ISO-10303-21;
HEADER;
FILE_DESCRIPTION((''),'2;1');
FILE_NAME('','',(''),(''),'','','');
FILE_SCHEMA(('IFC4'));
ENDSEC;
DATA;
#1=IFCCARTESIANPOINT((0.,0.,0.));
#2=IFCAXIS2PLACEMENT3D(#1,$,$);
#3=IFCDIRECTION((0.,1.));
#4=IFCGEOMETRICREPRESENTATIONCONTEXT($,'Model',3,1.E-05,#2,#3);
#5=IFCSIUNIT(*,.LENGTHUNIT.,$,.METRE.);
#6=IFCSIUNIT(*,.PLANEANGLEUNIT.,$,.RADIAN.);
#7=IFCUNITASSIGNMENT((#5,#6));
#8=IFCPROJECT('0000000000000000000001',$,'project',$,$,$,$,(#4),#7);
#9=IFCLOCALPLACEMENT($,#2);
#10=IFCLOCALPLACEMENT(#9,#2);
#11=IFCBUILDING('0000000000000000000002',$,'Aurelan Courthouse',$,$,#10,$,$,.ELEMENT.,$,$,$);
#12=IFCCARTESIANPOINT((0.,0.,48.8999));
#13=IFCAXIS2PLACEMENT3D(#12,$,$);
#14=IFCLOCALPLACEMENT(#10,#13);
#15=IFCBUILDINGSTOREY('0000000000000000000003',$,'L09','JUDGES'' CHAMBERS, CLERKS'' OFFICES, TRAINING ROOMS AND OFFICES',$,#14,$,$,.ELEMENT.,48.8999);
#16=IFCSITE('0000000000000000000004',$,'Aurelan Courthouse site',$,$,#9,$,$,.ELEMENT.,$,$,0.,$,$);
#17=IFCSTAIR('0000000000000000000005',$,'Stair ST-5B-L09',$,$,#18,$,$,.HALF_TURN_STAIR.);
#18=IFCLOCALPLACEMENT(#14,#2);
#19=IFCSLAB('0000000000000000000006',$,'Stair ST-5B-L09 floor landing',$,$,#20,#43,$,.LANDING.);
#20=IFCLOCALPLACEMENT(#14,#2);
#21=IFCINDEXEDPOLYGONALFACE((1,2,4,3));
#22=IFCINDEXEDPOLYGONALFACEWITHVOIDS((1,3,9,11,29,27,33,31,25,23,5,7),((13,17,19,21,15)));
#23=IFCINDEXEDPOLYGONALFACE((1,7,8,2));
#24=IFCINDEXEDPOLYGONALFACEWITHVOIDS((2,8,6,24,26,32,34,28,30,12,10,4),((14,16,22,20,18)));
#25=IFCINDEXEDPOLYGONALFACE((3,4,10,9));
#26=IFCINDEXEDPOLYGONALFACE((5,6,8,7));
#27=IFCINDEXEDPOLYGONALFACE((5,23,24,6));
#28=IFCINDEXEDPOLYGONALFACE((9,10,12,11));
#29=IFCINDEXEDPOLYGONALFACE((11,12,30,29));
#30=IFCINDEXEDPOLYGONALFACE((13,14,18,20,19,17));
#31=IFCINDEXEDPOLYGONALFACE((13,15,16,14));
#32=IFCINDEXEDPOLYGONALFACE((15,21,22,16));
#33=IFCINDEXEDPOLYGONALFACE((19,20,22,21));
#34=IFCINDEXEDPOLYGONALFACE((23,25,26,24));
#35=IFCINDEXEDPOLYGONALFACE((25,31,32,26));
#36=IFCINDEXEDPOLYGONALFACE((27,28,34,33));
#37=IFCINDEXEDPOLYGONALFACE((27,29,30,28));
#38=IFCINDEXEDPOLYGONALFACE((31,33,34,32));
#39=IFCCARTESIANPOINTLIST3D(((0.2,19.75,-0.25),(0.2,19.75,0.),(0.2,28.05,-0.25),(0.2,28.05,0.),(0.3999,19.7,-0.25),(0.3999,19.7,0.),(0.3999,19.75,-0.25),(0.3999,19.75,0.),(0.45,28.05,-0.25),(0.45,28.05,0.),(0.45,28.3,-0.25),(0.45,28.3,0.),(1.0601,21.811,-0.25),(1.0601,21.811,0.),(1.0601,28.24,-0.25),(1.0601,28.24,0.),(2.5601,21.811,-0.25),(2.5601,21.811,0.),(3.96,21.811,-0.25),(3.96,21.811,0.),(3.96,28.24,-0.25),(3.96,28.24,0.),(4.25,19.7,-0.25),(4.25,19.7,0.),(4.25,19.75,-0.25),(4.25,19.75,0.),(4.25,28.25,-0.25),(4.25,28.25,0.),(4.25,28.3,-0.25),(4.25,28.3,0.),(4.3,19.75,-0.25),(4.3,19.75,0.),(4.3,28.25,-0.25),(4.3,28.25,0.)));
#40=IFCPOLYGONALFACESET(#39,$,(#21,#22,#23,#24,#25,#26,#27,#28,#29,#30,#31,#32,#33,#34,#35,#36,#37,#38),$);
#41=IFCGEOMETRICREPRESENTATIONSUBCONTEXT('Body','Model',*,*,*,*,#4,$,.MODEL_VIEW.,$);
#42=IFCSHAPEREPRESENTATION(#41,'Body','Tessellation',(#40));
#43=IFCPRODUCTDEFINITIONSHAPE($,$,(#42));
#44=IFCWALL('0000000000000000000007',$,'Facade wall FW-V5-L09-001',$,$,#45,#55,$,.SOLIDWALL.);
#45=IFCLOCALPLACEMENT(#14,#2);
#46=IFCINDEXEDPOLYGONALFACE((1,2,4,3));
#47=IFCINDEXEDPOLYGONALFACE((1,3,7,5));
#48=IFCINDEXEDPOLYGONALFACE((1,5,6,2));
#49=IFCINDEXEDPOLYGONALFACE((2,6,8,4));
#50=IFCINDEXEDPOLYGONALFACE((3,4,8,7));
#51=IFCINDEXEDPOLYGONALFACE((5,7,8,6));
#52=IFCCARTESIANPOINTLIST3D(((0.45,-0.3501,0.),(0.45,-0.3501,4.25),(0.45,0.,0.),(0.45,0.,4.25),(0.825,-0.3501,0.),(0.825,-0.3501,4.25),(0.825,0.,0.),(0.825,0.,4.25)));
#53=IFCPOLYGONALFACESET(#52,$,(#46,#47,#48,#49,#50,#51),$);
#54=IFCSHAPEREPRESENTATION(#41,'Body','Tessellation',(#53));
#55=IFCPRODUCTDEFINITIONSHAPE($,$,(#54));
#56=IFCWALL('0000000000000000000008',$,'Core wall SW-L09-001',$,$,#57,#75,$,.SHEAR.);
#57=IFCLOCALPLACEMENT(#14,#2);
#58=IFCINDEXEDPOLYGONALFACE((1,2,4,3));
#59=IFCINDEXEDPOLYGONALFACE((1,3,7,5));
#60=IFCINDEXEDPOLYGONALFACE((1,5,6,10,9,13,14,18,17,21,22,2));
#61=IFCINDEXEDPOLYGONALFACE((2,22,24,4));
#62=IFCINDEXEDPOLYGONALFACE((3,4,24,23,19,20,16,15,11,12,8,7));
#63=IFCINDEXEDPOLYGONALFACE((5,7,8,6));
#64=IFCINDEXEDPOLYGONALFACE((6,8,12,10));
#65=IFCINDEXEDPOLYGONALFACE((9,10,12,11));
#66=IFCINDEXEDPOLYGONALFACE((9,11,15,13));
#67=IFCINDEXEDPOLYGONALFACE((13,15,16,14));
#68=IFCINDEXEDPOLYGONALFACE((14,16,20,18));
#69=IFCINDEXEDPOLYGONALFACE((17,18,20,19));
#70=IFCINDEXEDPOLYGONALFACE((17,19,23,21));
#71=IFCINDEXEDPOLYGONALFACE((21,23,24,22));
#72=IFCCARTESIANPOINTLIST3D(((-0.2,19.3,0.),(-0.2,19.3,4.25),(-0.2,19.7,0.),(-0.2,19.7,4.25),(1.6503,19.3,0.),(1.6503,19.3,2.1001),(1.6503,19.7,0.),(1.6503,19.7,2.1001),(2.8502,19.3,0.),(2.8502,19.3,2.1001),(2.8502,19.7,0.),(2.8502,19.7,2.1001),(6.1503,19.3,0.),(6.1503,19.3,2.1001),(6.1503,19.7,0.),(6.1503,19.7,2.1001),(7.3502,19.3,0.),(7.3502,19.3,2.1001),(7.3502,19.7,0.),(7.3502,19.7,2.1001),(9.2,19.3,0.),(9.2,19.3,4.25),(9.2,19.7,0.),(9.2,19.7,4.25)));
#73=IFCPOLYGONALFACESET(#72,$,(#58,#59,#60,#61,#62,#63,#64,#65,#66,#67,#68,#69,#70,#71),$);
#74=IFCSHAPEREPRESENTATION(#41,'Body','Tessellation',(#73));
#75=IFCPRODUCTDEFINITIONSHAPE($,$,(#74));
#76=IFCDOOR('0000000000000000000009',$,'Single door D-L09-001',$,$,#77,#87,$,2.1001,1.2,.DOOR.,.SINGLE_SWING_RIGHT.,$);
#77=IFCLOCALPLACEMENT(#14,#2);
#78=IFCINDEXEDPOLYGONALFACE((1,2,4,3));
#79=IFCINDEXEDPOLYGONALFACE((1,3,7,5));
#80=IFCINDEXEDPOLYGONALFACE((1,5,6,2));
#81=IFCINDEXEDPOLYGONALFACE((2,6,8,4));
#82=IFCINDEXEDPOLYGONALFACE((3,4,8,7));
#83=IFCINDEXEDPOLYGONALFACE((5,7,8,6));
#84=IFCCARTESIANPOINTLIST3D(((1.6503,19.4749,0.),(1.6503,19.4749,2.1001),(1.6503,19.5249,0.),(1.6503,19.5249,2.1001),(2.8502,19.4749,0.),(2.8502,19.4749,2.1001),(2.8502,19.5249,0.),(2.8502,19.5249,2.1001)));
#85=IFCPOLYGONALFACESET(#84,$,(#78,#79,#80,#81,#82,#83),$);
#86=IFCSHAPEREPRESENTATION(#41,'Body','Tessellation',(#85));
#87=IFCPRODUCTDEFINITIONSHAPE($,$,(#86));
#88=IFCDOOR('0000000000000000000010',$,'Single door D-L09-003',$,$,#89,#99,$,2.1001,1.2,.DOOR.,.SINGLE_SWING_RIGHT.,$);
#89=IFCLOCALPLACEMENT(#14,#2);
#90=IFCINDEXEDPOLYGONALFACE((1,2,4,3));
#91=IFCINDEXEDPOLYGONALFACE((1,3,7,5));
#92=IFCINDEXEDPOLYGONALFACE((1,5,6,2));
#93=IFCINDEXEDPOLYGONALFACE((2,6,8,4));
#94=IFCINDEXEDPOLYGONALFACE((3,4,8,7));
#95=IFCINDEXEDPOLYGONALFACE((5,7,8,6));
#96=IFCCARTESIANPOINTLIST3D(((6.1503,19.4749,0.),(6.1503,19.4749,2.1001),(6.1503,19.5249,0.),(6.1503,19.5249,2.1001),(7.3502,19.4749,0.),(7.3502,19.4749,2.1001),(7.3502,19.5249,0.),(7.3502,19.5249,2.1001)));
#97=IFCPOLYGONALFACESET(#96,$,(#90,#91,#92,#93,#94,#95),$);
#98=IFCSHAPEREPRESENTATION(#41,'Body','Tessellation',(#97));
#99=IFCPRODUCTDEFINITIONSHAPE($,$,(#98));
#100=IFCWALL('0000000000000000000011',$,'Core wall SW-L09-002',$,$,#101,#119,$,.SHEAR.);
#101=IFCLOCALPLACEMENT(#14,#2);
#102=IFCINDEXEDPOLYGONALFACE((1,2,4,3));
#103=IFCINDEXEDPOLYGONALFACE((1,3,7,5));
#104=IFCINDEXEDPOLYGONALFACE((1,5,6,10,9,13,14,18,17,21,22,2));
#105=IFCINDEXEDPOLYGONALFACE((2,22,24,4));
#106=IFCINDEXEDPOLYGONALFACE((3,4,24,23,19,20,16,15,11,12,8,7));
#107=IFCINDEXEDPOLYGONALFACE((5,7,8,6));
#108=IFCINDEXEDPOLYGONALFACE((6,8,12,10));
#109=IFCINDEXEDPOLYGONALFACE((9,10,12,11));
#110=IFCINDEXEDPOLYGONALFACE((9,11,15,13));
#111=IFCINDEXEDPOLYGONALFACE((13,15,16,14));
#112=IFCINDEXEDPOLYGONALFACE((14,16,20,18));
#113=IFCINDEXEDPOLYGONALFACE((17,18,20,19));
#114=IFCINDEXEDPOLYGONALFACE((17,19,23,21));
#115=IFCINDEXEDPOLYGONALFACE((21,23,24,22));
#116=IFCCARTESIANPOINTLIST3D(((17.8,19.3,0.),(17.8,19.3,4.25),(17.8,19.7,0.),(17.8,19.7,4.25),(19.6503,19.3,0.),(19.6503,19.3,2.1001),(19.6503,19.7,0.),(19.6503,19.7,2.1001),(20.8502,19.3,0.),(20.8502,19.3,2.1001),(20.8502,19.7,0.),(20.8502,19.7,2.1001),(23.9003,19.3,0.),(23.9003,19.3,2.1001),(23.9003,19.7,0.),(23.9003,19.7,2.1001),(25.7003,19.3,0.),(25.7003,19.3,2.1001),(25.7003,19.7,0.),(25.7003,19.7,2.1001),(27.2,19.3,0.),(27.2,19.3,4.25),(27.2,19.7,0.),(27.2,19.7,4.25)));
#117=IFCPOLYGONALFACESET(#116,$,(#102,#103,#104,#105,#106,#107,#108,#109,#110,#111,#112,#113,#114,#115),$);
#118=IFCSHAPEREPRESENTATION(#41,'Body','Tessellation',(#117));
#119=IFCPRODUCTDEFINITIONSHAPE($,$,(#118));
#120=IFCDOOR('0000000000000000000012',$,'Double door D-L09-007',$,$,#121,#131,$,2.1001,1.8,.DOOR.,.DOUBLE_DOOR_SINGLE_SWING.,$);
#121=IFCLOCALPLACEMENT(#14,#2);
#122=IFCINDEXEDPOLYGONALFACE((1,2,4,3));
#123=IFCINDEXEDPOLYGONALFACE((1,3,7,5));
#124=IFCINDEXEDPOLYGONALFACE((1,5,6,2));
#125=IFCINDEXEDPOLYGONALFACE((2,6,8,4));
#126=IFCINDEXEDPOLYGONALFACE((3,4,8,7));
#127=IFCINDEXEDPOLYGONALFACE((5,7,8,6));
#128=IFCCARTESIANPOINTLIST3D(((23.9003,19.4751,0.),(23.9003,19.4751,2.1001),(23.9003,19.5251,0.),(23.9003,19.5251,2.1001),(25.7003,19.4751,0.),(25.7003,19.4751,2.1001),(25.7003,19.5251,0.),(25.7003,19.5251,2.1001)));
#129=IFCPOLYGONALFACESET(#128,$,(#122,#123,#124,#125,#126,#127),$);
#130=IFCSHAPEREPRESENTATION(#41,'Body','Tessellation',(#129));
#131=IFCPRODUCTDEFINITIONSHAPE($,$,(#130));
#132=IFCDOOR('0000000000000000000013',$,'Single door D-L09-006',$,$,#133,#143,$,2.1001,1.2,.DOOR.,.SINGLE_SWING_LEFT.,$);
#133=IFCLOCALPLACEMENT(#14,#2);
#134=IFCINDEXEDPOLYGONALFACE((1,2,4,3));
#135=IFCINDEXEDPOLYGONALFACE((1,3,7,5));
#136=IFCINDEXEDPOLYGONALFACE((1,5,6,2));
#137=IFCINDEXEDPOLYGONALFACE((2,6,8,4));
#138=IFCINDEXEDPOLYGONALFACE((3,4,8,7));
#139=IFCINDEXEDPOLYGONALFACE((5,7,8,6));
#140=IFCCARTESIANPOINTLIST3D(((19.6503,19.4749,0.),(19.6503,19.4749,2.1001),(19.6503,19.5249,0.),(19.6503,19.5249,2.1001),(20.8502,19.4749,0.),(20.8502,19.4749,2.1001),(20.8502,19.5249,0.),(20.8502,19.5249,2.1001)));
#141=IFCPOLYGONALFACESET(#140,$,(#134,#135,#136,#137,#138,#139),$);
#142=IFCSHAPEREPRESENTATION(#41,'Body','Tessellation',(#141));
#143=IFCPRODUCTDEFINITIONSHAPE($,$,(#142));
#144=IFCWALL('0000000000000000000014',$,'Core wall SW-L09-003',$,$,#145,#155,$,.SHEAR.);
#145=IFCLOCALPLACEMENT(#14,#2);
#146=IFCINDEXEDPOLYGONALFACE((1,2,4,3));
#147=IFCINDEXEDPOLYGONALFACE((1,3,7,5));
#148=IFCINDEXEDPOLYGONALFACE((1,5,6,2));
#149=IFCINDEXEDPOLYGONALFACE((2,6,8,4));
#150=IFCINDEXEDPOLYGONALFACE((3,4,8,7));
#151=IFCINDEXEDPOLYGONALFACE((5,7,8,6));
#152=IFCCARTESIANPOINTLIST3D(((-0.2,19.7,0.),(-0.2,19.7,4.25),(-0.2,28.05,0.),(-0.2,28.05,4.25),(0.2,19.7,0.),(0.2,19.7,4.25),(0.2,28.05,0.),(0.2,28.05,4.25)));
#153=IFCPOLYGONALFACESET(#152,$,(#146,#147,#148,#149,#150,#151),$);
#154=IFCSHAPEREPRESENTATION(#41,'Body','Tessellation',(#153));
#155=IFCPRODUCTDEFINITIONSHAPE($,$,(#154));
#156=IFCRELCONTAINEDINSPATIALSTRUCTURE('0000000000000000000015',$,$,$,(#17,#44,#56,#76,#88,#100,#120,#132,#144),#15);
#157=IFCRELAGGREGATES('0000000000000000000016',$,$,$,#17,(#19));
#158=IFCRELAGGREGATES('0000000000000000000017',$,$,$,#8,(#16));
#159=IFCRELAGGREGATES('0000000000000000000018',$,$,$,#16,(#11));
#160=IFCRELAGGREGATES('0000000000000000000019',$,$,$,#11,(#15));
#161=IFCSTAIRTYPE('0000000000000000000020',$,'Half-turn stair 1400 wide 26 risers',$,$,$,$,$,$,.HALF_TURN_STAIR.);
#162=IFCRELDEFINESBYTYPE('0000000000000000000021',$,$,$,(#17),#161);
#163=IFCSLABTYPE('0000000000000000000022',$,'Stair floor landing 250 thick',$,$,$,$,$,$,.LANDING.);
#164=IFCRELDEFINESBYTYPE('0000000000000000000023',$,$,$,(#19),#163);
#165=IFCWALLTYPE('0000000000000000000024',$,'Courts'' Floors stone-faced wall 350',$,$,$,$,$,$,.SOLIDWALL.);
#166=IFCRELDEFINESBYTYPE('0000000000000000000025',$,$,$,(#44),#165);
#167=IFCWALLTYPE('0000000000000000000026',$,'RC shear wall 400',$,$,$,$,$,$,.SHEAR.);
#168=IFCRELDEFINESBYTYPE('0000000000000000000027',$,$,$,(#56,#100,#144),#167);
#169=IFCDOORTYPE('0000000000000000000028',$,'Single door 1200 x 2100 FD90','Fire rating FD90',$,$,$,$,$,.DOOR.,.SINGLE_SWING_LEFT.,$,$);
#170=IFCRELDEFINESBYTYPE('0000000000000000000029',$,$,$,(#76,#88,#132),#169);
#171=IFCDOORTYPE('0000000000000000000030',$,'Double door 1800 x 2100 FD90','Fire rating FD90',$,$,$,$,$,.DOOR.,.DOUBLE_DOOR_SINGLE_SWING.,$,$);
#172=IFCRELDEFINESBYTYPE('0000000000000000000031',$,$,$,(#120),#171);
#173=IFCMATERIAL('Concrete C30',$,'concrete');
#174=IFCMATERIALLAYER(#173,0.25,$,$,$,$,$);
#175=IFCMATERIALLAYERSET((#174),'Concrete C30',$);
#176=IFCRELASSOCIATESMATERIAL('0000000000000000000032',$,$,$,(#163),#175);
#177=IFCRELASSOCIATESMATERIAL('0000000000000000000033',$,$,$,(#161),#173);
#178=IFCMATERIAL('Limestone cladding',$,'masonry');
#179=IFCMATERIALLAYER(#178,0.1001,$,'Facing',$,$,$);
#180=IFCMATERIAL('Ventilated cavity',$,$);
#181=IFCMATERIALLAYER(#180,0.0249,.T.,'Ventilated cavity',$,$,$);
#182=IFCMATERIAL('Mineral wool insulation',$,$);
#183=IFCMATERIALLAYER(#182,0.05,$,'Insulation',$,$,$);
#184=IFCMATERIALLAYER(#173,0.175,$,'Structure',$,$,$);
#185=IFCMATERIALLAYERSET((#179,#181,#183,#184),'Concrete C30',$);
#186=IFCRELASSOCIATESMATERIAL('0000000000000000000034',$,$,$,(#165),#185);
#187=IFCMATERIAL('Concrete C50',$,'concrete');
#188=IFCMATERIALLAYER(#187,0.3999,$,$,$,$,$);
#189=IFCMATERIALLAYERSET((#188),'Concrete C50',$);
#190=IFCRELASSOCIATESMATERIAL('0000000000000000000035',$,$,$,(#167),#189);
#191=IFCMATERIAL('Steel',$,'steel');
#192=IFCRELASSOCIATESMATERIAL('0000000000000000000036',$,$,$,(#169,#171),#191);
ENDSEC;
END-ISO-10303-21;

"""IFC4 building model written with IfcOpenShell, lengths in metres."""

from ifc_helpers import new_model, si_unit, direction, frame, frame_2d, origin, place, context, subcontext, project, spatial, polyline, rectangle, outline, extrude, material, layer, layer_set, type_object, element, fill, aggregate, save


model = new_model("IFC4")

# Units and contexts
model_context = context("Model", 3, precision=1e-05, world=origin(), true_north=direction((0.0, 1.0)))
body_context = subcontext(model_context, "Body", "Model", "MODEL_VIEW")
ifc_project = project(units=[si_unit("LENGTHUNIT", "METRE"), si_unit("PLANEANGLEUNIT", "RADIAN")], contexts=[model_context])

# Site, building, storey
site_placement = place(None, origin())
site = spatial("IfcSite", under=ifc_project, at=site_placement, Name="Aurelan Courthouse site", CompositionType="ELEMENT", RefElevation=0.0)
building_placement = place(site_placement, origin())
building = spatial("IfcBuilding", under=site, at=building_placement, Name="Aurelan Courthouse", CompositionType="ELEMENT")
storey_placement = place(building_placement, frame((0.0, 0.0, 48.8999)))
storey = spatial("IfcBuildingStorey", under=building, at=storey_placement, Name="L09", Description="JUDGES' CHAMBERS, CLERKS' OFFICES, TRAINING ROOMS AND OFFICES", CompositionType="ELEMENT", Elevation=48.8999)

# Shared definitions
ifc_material_1 = material(Name="Concrete C50", Category="concrete")

# Stair, slab
ifc_material_2 = material(Name="Concrete C30", Category="concrete")
ifc_layer_1 = layer(ifc_material_2, 0.25)
ifc_layer_set_1 = layer_set([ifc_layer_1], Name="Concrete C30")
slab_type_1 = type_object("IfcSlabType", Name="Stair floor landing 250 thick", PredefinedType="LANDING", material=ifc_layer_set_1)
stair_type_1 = type_object("IfcStairType", Name="Half-turn stair 1400 wide 26 risers", PredefinedType="HALF_TURN_STAIR", material=ifc_material_2)
stair_1_placement = place(storey_placement, origin())
stair_1 = element("IfcStair", 1, at=stair_1_placement, inside=storey, type_object=stair_type_1, Name="Stair ST-5B-L09", PredefinedType="HALF_TURN_STAIR")
slab_1_placement = place(storey_placement, frame((0.0, 0.0, -0.25)))
slab_1 = element("IfcSlab", 2, at=slab_1_placement, type_object=slab_type_1, Name="Stair ST-5B-L09 floor landing", PredefinedType="LANDING", context=body_context, shape_type="SweptSolid", body=[
    extrude(outline(polyline([(0.3999, 19.7), (0.3999, 19.75), (0.2, 19.75), (0.2, 28.05), (0.45, 28.05), (0.45, 28.3), (4.25, 28.3), (4.25, 28.25), (4.3, 28.25), (4.3, 19.75), (4.25, 19.75), (4.25, 19.7), (0.3999, 19.7)]), holes=[polyline([(3.96, 21.811), (3.96, 28.24), (1.0601, 28.24), (1.0601, 21.811), (2.5601, 21.811), (3.96, 21.811)])]), origin(), (0.0, 0.0, 1.0), 0.25),
])
aggregate(stair_1, [slab_1])

# Wall
ifc_material_3 = material(Name="Limestone cladding", Category="masonry")
ifc_layer_2 = layer(ifc_material_3, 0.1001, Name="Facing")
ifc_material_4 = material(Name="Ventilated cavity")
ifc_layer_3 = layer(ifc_material_4, 0.0249, ventilated=True, Name="Ventilated cavity")
ifc_material_5 = material(Name="Mineral wool insulation")
ifc_layer_4 = layer(ifc_material_5, 0.05, Name="Insulation")
ifc_layer_5 = layer(ifc_material_2, 0.175, Name="Structure")
ifc_layer_set_2 = layer_set([ifc_layer_2, ifc_layer_3, ifc_layer_4, ifc_layer_5], Name="Concrete C30")
wall_type_1 = type_object("IfcWallType", Name="Courts' Floors stone-faced wall 350", PredefinedType="SOLIDWALL", material=ifc_layer_set_2)
wall_1_placement = place(storey_placement, frame((0.45, -0.175, 0.0), z_axis=(0.0, 0.0, 1.0), x_axis=(1.0, 0.0, 0.0)))
element("IfcWall", 3, at=wall_1_placement, inside=storey, type_object=wall_type_1, Name="Facade wall FW-V5-L09-001", PredefinedType="SOLIDWALL", context=body_context, shape_type="SweptSolid", body=[
    extrude(rectangle(XDim=0.375, YDim=0.3501, at=frame_2d((0.1875, 0.0))), origin(), (0.0, 0.0, 1.0), 4.25),
])

# Walls, openings, doors
ifc_layer_6 = layer(ifc_material_1, 0.3999)
ifc_layer_set_3 = layer_set([ifc_layer_6], Name="Concrete C50")
wall_type_2 = type_object("IfcWallType", Name="RC shear wall 400", PredefinedType="SHEAR", material=ifc_layer_set_3)
wall_2_placement = place(storey_placement, frame((-0.2, 19.5, 0.0), z_axis=(0.0, 0.0, 1.0), x_axis=(1.0, 0.0, 0.0)))
wall_2 = element("IfcWall", 4, at=wall_2_placement, inside=storey, type_object=wall_type_2, Name="Core wall SW-L09-001", PredefinedType="SHEAR", context=body_context, shape_type="SweptSolid", body=[
    extrude(rectangle(XDim=9.3999, YDim=0.3999, at=frame_2d((4.7, 0.0))), origin(), (0.0, 0.0, 1.0), 4.25),
])
opening_1_placement = place(wall_2_placement, frame((1.8501, 0.0, 0.0)))
opening_1 = element("IfcOpeningElement", 5, at=opening_1_placement, cuts=wall_2, PredefinedType="OPENING", context=body_context, shape_type="SweptSolid", body=[
    extrude(rectangle(XDim=1.2, YDim=2.1001, at=frame_2d((0.6001, 1.05))), frame((0.0, 0.21, 0.0), z_axis=(0.0, -1.0, 0.0), x_axis=(1.0, 0.0, 0.0)), (0.0, 0.0, 1.0), 0.4199),
])
opening_2_placement = place(wall_2_placement, frame((6.3501, 0.0, 0.0)))
opening_2 = element("IfcOpeningElement", 6, at=opening_2_placement, cuts=wall_2, PredefinedType="OPENING", context=body_context, shape_type="SweptSolid", body=[
    extrude(rectangle(XDim=1.2, YDim=2.1001, at=frame_2d((0.6001, 1.05))), frame((0.0, 0.21, 0.0), z_axis=(0.0, -1.0, 0.0), x_axis=(1.0, 0.0, 0.0)), (0.0, 0.0, 1.0), 0.4199),
])
ifc_material_6 = material(Name="Steel", Category="steel")
door_type_1 = type_object("IfcDoorType", Name="Single door 1200 x 2100 FD90", Description="Fire rating FD90", OperationType="SINGLE_SWING_LEFT", PredefinedType="DOOR", material=ifc_material_6)
door_1_placement = place(opening_1_placement, origin())
door_1 = element("IfcDoor", 7, at=door_1_placement, inside=storey, type_object=door_type_1, Name="Single door D-L09-001", OperationType="SINGLE_SWING_RIGHT", OverallHeight=2.1001, OverallWidth=1.2, PredefinedType="DOOR", context=body_context, shape_type="SweptSolid", body=[
    extrude(rectangle(XDim=1.2, YDim=2.1001, at=frame_2d((0.6001, 1.05))), frame((0.0, 0.0249, 0.0), z_axis=(0.0, -1.0, 0.0), x_axis=(1.0, 0.0, 0.0)), (0.0, 0.0, 1.0), 0.05),
])
fill(opening_1, door_1)
door_2_placement = place(opening_2_placement, origin())
door_2 = element("IfcDoor", 8, at=door_2_placement, inside=storey, type_object=door_type_1, Name="Single door D-L09-003", OperationType="SINGLE_SWING_RIGHT", OverallHeight=2.1001, OverallWidth=1.2, PredefinedType="DOOR", context=body_context, shape_type="SweptSolid", body=[
    extrude(rectangle(XDim=1.2, YDim=2.1001, at=frame_2d((0.6001, 1.05))), frame((0.0, 0.0249, 0.0), z_axis=(0.0, -1.0, 0.0), x_axis=(1.0, 0.0, 0.0)), (0.0, 0.0, 1.0), 0.05),
])
fill(opening_2, door_2)
wall_3_placement = place(storey_placement, frame((17.8, 19.5, 0.0), z_axis=(0.0, 0.0, 1.0), x_axis=(1.0, 0.0, 0.0)))
wall_3 = element("IfcWall", 9, at=wall_3_placement, inside=storey, type_object=wall_type_2, Name="Core wall SW-L09-002", PredefinedType="SHEAR", context=body_context, shape_type="SweptSolid", body=[
    extrude(rectangle(XDim=9.3999, YDim=0.3999, at=frame_2d((4.7, 0.0))), origin(), (0.0, 0.0, 1.0), 4.25),
])
opening_3_placement = place(wall_3_placement, frame((1.8501, 0.0, 0.0)))
opening_3 = element("IfcOpeningElement", 10, at=opening_3_placement, cuts=wall_3, PredefinedType="OPENING", context=body_context, shape_type="SweptSolid", body=[
    extrude(rectangle(XDim=1.2, YDim=2.1001, at=frame_2d((0.6001, 1.05))), frame((0.0, 0.21, 0.0), z_axis=(0.0, -1.0, 0.0), x_axis=(1.0, 0.0, 0.0)), (0.0, 0.0, 1.0), 0.4199),
])
opening_4_placement = place(wall_3_placement, frame((7.9001, 0.0, 0.0), z_axis=(0.0, 0.0, 1.0), x_axis=(-1.0, 0.0, 0.0)))
opening_4 = element("IfcOpeningElement", 11, at=opening_4_placement, cuts=wall_3, PredefinedType="OPENING", context=body_context, shape_type="SweptSolid", body=[
    extrude(rectangle(XDim=1.8, YDim=2.1001, at=frame_2d((0.8999, 1.05))), frame((0.0, 0.21, 0.0), z_axis=(0.0, -1.0, 0.0), x_axis=(1.0, 0.0, 0.0)), (0.0, 0.0, 1.0), 0.4199),
])
door_type_2 = type_object("IfcDoorType", Name="Double door 1800 x 2100 FD90", Description="Fire rating FD90", OperationType="DOUBLE_DOOR_SINGLE_SWING", PredefinedType="DOOR", material=ifc_material_6)
door_3_placement = place(opening_4_placement, origin())
door_3 = element("IfcDoor", 12, at=door_3_placement, inside=storey, type_object=door_type_2, Name="Double door D-L09-007", OperationType="DOUBLE_DOOR_SINGLE_SWING", OverallHeight=2.1001, OverallWidth=1.8, PredefinedType="DOOR", context=body_context, shape_type="SweptSolid", body=[
    extrude(rectangle(XDim=1.8, YDim=2.1001, at=frame_2d((0.8999, 1.05))), frame((0.0, 0.0249, 0.0), z_axis=(0.0, -1.0, 0.0), x_axis=(1.0, 0.0, 0.0)), (0.0, 0.0, 1.0), 0.05),
])
fill(opening_4, door_3)
door_4_placement = place(opening_3_placement, origin())
door_4 = element("IfcDoor", 13, at=door_4_placement, inside=storey, type_object=door_type_1, Name="Single door D-L09-006", OperationType="SINGLE_SWING_LEFT", OverallHeight=2.1001, OverallWidth=1.2, PredefinedType="DOOR", context=body_context, shape_type="SweptSolid", body=[
    extrude(rectangle(XDim=1.2, YDim=2.1001, at=frame_2d((0.6001, 1.05))), frame((0.0, 0.0249, 0.0), z_axis=(0.0, -1.0, 0.0), x_axis=(1.0, 0.0, 0.0)), (0.0, 0.0, 1.0), 0.05),
])
fill(opening_3, door_4)

# Wall
wall_4_placement = place(storey_placement, frame((0.0, 19.7, 0.0), z_axis=(0.0, 0.0, 1.0), x_axis=(0.0, 1.0, 0.0)))
element("IfcWall", 14, at=wall_4_placement, inside=storey, type_object=wall_type_2, Name="Core wall SW-L09-003", PredefinedType="SHEAR", context=body_context, shape_type="SweptSolid", body=[
    extrude(rectangle(XDim=8.3501, YDim=0.3999, at=frame_2d((4.175, 0.0))), origin(), (0.0, 0.0, 1.0), 4.25),
])

save(model, "model.ifc")
